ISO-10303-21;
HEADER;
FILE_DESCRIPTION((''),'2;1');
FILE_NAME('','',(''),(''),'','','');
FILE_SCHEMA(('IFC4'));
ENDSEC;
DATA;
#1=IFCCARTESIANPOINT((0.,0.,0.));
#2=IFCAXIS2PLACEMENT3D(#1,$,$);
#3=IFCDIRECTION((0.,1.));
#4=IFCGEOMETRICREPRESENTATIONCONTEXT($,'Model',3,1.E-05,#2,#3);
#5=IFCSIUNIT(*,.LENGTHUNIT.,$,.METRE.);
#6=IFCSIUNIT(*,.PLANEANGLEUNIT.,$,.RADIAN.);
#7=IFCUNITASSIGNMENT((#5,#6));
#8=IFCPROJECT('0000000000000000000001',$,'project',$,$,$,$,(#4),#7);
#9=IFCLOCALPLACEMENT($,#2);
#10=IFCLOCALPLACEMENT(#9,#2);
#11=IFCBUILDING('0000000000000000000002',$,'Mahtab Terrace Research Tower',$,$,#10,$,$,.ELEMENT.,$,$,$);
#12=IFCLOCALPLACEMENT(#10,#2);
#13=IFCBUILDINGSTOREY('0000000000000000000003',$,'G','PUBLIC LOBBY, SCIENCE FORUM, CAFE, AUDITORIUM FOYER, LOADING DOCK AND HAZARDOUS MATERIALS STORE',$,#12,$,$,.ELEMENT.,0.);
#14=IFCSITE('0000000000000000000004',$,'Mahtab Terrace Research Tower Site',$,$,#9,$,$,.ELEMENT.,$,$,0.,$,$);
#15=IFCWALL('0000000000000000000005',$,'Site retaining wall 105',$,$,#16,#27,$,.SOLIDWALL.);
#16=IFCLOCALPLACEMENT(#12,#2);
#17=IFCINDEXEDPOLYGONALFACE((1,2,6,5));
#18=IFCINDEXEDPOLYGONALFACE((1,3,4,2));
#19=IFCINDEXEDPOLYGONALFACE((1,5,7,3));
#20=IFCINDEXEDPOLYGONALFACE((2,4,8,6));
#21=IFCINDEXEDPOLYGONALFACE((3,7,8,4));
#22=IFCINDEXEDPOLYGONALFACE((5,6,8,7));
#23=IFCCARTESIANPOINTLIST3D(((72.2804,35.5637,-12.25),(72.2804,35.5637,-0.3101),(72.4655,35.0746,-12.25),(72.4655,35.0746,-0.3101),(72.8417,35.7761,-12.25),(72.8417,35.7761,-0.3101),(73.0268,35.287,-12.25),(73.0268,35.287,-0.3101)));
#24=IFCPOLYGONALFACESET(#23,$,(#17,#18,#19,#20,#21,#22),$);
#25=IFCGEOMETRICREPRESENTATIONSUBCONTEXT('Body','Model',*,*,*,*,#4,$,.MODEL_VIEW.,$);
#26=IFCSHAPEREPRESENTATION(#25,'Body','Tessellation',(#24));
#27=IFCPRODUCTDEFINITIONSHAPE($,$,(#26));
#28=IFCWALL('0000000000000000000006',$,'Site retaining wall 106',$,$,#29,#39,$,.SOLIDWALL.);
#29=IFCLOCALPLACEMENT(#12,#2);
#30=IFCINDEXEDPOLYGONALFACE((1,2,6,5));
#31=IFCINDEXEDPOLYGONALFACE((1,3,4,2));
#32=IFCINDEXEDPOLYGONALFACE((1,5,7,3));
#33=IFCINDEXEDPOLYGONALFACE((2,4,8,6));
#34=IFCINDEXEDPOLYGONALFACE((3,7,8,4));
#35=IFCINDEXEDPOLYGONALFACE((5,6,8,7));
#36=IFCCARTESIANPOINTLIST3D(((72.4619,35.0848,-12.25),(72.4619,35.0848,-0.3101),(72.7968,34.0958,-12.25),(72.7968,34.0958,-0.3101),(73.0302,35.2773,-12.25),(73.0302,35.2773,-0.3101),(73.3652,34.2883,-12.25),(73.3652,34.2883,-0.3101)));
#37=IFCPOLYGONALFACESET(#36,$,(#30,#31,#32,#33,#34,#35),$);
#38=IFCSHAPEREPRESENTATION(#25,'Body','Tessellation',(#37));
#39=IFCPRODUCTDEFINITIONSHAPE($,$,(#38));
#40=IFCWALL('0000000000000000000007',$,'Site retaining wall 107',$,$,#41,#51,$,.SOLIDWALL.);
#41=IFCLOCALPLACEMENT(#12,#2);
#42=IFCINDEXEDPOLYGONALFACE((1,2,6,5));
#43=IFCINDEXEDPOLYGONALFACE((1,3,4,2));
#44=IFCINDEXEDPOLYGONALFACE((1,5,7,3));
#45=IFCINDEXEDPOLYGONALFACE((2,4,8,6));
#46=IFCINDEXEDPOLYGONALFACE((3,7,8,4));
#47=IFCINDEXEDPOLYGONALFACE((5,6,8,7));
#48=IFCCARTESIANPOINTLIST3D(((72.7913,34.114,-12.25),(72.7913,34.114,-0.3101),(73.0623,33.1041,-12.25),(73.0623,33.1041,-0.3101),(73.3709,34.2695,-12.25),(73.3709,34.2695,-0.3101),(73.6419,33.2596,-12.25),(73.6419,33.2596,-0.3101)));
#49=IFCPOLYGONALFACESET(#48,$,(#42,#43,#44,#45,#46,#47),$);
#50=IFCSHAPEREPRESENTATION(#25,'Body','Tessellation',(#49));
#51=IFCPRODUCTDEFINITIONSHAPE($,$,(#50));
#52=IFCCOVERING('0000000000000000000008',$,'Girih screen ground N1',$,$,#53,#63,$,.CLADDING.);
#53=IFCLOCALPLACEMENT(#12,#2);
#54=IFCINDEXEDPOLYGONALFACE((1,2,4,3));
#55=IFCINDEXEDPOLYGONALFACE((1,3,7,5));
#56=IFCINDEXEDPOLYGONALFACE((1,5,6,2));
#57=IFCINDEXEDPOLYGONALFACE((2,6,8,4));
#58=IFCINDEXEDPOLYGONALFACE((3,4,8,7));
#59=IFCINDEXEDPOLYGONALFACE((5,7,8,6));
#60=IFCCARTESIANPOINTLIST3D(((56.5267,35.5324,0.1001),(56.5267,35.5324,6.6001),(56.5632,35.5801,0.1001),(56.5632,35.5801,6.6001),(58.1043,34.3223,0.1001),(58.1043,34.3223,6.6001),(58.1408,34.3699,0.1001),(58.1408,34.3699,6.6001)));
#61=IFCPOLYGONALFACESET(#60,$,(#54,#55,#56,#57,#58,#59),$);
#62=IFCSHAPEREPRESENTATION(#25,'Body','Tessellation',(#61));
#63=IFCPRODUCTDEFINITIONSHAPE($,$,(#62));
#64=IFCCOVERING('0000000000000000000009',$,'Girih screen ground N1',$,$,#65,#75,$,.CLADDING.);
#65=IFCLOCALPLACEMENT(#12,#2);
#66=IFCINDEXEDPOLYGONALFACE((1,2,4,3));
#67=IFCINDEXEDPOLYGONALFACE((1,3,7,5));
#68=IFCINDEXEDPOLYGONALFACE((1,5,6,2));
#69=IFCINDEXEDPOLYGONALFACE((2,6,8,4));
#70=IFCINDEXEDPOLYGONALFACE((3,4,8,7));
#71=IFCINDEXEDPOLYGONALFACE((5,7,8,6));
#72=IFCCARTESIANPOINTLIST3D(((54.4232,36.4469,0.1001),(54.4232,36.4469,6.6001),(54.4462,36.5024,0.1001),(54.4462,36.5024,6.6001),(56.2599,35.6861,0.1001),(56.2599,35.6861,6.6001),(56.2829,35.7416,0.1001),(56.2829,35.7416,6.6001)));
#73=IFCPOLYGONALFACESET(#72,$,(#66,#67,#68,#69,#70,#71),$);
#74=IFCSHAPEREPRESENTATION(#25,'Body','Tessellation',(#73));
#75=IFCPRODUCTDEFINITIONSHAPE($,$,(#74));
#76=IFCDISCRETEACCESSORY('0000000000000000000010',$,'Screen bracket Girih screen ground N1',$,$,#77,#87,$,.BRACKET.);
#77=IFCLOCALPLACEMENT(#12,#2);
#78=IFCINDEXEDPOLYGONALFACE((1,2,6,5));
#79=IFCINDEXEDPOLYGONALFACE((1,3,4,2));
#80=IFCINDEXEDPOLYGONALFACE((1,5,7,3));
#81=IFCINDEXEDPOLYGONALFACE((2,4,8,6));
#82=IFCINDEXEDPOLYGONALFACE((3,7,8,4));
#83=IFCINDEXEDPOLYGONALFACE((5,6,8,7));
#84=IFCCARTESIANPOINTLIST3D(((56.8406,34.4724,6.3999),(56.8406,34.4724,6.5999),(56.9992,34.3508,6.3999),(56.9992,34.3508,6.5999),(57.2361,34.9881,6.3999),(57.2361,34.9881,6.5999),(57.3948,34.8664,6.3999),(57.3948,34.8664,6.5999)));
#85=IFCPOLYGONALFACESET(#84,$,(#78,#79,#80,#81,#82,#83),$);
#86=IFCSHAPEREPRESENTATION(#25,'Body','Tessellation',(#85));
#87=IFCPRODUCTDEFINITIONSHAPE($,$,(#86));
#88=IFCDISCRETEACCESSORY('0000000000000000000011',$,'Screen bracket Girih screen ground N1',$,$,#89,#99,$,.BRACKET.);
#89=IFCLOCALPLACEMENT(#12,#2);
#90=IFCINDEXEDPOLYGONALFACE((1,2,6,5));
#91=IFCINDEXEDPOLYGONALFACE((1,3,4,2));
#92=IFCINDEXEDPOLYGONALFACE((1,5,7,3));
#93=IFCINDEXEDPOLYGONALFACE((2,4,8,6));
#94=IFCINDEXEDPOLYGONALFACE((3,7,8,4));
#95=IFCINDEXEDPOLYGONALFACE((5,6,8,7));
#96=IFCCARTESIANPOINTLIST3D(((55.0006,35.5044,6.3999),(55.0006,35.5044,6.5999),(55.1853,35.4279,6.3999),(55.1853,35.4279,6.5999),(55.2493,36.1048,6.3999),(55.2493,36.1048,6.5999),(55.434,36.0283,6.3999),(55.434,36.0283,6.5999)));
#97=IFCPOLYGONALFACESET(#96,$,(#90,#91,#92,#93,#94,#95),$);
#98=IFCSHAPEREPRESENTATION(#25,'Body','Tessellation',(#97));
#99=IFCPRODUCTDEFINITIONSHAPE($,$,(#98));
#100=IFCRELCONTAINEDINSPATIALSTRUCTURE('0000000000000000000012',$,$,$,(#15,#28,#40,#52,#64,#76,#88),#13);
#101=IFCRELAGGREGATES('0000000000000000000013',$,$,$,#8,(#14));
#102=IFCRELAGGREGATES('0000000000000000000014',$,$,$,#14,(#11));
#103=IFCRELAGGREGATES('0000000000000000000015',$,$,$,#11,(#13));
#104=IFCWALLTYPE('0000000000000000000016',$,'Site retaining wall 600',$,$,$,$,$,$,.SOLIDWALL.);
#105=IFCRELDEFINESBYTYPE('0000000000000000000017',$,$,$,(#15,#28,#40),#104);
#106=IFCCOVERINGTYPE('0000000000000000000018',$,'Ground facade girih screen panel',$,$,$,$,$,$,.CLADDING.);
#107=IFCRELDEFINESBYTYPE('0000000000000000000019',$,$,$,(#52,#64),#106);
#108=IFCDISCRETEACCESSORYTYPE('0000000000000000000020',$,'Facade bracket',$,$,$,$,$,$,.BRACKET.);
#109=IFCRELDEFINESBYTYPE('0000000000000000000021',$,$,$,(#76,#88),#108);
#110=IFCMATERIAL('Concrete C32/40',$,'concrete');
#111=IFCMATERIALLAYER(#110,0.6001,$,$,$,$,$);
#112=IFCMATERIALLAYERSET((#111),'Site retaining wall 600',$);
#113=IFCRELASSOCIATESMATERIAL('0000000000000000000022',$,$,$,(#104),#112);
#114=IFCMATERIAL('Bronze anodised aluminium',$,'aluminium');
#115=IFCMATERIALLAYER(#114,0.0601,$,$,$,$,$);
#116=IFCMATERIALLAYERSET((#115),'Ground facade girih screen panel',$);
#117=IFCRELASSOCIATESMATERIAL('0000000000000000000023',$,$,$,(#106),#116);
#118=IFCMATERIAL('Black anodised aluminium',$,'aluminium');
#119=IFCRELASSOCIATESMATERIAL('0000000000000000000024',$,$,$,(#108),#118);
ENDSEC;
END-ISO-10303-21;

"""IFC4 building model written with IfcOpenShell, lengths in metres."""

from ifc_helpers import new_model, si_unit, direction, frame, frame_2d, origin, origin_2d, place, context, subcontext, project, spatial, rectangle, extrude, material, layer, layer_set, type_object, element, save


model = new_model("IFC4")

# Units and contexts
model_context = context("Model", 3, precision=1e-05, world=origin(), true_north=direction((0.0, 1.0)))
body_context = subcontext(model_context, "Body", "Model", "MODEL_VIEW")
ifc_project = project(units=[si_unit("LENGTHUNIT", "METRE"), si_unit("PLANEANGLEUNIT", "RADIAN")], contexts=[model_context])

# Site, building, storey
site_placement = place(None, origin())
site = spatial("IfcSite", under=ifc_project, at=site_placement, Name="Mahtab Terrace Research Tower Site", CompositionType="ELEMENT", RefElevation=0.0)
building_placement = place(site_placement, origin())
building = spatial("IfcBuilding", under=site, at=building_placement, Name="Mahtab Terrace Research Tower", CompositionType="ELEMENT")
storey_placement = place(building_placement, origin())
storey = spatial("IfcBuildingStorey", under=building, at=storey_placement, Name="G", Description="PUBLIC LOBBY, SCIENCE FORUM, CAFE, AUDITORIUM FOYER, LOADING DOCK AND HAZARDOUS MATERIALS STORE", CompositionType="ELEMENT", Elevation=0.0)

# Walls
ifc_material_1 = material(Name="Concrete C32/40", Category="concrete")
ifc_layer_1 = layer(ifc_material_1, 0.6001)
ifc_layer_set_1 = layer_set([ifc_layer_1], Name="Site retaining wall 600")
wall_type = type_object("IfcWallType", Name="Site retaining wall 600", PredefinedType="SOLIDWALL", material=ifc_layer_set_1)
wall_1_placement = place(storey_placement, frame((72.561, 35.6699, -12.25), z_axis=(0.0, 0.0, 1.0), x_axis=(0.353936, -0.93527, 0.0)))
element("IfcWall", 1, at=wall_1_placement, inside=storey, type_object=wall_type, Name="Site retaining wall 105", PredefinedType="SOLIDWALL", context=body_context, shape_type="SweptSolid", body=[
    extrude(rectangle(XDim=0.5229, YDim=0.6001, at=frame_2d((0.2615, 0.0))), origin(), (0.0, 0.0, 1.0), 11.9399),
])
wall_2_placement = place(storey_placement, frame((72.7461, 35.1809, -12.25), z_axis=(0.0, 0.0, 1.0), x_axis=(0.320783, -0.947153, 0.0)))
element("IfcWall", 2, at=wall_2_placement, inside=storey, type_object=wall_type, Name="Site retaining wall 106", PredefinedType="SOLIDWALL", context=body_context, shape_type="SweptSolid", body=[
    extrude(rectangle(XDim=1.0442, YDim=0.6001, at=frame_2d((0.522, 0.0))), origin(), (0.0, 0.0, 1.0), 11.9399),
])
wall_3_placement = place(storey_placement, frame((73.0811, 34.1919, -12.25), z_axis=(0.0, 0.0, 1.0), x_axis=(0.259145, -0.965839, 0.0)))
element("IfcWall", 3, at=wall_3_placement, inside=storey, type_object=wall_type, Name="Site retaining wall 107", PredefinedType="SOLIDWALL", context=body_context, shape_type="SweptSolid", body=[
    extrude(rectangle(XDim=1.0457, YDim=0.6001, at=frame_2d((0.5229, 0.0))), origin(), (0.0, 0.0, 1.0), 11.9399),
])

# Coverings
ifc_material_2 = material(Name="Bronze anodised aluminium", Category="aluminium")
ifc_layer_2 = layer(ifc_material_2, 0.0601)
ifc_layer_set_2 = layer_set([ifc_layer_2], Name="Ground facade girih screen panel")
covering_type = type_object("IfcCoveringType", Name="Ground facade girih screen panel", PredefinedType="CLADDING", material=ifc_layer_set_2)
covering_1_placement = place(storey_placement, frame((57.3337, 34.9512, 0.1001), z_axis=(0.0, 0.0, 1.0), x_axis=(-0.79346, 0.608623, 0.0)))
element("IfcCovering", 4, at=covering_1_placement, inside=storey, type_object=covering_type, Name="Girih screen ground N1", PredefinedType="CLADDING", context=body_context, shape_type="SweptSolid", body=[
    extrude(rectangle(XDim=1.9883, YDim=0.0601, at=origin_2d()), origin(), (0.0, 0.0, 1.0), 6.5),
])
covering_2_placement = place(storey_placement, frame((55.353, 36.0942, 0.1001), z_axis=(0.0, 0.0, 1.0), x_axis=(-0.923883, 0.382676, 0.0)))
element("IfcCovering", 5, at=covering_2_placement, inside=storey, type_object=covering_type, Name="Girih screen ground N1", PredefinedType="CLADDING", context=body_context, shape_type="SweptSolid", body=[
    extrude(rectangle(XDim=1.988, YDim=0.0601, at=origin_2d()), origin(), (0.0, 0.0, 1.0), 6.5),
])

# Discrete accessories
ifc_material_3 = material(Name="Black anodised aluminium", Category="aluminium")
discrete_accessory_type = type_object("IfcDiscreteAccessoryType", Name="Facade bracket", PredefinedType="BRACKET", material=ifc_material_3)
for number, where, z_axis, x_axis, name in (
    (6, (57.1177, 34.6694, 6.3999), (0.0, 0.0, 1.0), (-0.79346, 0.608623, 0.0), "Screen bracket Girih screen ground N1"),
    (7, (55.2173, 35.7664, 6.3999), (0.0, 0.0, 1.0), (-0.923883, 0.382676, 0.0), "Screen bracket Girih screen ground N1"),
):
    element("IfcDiscreteAccessory", number, at=place(storey_placement, frame(where, z_axis=z_axis, x_axis=x_axis)), inside=storey, type_object=discrete_accessory_type, Name=name, PredefinedType="BRACKET", context=body_context, shape_type="SweptSolid", body=[
        extrude(rectangle(XDim=0.2, YDim=0.6499, at=origin_2d()), origin(), (0.0, 0.0, 1.0), 0.2),
    ])

save(model, "model.ifc")
